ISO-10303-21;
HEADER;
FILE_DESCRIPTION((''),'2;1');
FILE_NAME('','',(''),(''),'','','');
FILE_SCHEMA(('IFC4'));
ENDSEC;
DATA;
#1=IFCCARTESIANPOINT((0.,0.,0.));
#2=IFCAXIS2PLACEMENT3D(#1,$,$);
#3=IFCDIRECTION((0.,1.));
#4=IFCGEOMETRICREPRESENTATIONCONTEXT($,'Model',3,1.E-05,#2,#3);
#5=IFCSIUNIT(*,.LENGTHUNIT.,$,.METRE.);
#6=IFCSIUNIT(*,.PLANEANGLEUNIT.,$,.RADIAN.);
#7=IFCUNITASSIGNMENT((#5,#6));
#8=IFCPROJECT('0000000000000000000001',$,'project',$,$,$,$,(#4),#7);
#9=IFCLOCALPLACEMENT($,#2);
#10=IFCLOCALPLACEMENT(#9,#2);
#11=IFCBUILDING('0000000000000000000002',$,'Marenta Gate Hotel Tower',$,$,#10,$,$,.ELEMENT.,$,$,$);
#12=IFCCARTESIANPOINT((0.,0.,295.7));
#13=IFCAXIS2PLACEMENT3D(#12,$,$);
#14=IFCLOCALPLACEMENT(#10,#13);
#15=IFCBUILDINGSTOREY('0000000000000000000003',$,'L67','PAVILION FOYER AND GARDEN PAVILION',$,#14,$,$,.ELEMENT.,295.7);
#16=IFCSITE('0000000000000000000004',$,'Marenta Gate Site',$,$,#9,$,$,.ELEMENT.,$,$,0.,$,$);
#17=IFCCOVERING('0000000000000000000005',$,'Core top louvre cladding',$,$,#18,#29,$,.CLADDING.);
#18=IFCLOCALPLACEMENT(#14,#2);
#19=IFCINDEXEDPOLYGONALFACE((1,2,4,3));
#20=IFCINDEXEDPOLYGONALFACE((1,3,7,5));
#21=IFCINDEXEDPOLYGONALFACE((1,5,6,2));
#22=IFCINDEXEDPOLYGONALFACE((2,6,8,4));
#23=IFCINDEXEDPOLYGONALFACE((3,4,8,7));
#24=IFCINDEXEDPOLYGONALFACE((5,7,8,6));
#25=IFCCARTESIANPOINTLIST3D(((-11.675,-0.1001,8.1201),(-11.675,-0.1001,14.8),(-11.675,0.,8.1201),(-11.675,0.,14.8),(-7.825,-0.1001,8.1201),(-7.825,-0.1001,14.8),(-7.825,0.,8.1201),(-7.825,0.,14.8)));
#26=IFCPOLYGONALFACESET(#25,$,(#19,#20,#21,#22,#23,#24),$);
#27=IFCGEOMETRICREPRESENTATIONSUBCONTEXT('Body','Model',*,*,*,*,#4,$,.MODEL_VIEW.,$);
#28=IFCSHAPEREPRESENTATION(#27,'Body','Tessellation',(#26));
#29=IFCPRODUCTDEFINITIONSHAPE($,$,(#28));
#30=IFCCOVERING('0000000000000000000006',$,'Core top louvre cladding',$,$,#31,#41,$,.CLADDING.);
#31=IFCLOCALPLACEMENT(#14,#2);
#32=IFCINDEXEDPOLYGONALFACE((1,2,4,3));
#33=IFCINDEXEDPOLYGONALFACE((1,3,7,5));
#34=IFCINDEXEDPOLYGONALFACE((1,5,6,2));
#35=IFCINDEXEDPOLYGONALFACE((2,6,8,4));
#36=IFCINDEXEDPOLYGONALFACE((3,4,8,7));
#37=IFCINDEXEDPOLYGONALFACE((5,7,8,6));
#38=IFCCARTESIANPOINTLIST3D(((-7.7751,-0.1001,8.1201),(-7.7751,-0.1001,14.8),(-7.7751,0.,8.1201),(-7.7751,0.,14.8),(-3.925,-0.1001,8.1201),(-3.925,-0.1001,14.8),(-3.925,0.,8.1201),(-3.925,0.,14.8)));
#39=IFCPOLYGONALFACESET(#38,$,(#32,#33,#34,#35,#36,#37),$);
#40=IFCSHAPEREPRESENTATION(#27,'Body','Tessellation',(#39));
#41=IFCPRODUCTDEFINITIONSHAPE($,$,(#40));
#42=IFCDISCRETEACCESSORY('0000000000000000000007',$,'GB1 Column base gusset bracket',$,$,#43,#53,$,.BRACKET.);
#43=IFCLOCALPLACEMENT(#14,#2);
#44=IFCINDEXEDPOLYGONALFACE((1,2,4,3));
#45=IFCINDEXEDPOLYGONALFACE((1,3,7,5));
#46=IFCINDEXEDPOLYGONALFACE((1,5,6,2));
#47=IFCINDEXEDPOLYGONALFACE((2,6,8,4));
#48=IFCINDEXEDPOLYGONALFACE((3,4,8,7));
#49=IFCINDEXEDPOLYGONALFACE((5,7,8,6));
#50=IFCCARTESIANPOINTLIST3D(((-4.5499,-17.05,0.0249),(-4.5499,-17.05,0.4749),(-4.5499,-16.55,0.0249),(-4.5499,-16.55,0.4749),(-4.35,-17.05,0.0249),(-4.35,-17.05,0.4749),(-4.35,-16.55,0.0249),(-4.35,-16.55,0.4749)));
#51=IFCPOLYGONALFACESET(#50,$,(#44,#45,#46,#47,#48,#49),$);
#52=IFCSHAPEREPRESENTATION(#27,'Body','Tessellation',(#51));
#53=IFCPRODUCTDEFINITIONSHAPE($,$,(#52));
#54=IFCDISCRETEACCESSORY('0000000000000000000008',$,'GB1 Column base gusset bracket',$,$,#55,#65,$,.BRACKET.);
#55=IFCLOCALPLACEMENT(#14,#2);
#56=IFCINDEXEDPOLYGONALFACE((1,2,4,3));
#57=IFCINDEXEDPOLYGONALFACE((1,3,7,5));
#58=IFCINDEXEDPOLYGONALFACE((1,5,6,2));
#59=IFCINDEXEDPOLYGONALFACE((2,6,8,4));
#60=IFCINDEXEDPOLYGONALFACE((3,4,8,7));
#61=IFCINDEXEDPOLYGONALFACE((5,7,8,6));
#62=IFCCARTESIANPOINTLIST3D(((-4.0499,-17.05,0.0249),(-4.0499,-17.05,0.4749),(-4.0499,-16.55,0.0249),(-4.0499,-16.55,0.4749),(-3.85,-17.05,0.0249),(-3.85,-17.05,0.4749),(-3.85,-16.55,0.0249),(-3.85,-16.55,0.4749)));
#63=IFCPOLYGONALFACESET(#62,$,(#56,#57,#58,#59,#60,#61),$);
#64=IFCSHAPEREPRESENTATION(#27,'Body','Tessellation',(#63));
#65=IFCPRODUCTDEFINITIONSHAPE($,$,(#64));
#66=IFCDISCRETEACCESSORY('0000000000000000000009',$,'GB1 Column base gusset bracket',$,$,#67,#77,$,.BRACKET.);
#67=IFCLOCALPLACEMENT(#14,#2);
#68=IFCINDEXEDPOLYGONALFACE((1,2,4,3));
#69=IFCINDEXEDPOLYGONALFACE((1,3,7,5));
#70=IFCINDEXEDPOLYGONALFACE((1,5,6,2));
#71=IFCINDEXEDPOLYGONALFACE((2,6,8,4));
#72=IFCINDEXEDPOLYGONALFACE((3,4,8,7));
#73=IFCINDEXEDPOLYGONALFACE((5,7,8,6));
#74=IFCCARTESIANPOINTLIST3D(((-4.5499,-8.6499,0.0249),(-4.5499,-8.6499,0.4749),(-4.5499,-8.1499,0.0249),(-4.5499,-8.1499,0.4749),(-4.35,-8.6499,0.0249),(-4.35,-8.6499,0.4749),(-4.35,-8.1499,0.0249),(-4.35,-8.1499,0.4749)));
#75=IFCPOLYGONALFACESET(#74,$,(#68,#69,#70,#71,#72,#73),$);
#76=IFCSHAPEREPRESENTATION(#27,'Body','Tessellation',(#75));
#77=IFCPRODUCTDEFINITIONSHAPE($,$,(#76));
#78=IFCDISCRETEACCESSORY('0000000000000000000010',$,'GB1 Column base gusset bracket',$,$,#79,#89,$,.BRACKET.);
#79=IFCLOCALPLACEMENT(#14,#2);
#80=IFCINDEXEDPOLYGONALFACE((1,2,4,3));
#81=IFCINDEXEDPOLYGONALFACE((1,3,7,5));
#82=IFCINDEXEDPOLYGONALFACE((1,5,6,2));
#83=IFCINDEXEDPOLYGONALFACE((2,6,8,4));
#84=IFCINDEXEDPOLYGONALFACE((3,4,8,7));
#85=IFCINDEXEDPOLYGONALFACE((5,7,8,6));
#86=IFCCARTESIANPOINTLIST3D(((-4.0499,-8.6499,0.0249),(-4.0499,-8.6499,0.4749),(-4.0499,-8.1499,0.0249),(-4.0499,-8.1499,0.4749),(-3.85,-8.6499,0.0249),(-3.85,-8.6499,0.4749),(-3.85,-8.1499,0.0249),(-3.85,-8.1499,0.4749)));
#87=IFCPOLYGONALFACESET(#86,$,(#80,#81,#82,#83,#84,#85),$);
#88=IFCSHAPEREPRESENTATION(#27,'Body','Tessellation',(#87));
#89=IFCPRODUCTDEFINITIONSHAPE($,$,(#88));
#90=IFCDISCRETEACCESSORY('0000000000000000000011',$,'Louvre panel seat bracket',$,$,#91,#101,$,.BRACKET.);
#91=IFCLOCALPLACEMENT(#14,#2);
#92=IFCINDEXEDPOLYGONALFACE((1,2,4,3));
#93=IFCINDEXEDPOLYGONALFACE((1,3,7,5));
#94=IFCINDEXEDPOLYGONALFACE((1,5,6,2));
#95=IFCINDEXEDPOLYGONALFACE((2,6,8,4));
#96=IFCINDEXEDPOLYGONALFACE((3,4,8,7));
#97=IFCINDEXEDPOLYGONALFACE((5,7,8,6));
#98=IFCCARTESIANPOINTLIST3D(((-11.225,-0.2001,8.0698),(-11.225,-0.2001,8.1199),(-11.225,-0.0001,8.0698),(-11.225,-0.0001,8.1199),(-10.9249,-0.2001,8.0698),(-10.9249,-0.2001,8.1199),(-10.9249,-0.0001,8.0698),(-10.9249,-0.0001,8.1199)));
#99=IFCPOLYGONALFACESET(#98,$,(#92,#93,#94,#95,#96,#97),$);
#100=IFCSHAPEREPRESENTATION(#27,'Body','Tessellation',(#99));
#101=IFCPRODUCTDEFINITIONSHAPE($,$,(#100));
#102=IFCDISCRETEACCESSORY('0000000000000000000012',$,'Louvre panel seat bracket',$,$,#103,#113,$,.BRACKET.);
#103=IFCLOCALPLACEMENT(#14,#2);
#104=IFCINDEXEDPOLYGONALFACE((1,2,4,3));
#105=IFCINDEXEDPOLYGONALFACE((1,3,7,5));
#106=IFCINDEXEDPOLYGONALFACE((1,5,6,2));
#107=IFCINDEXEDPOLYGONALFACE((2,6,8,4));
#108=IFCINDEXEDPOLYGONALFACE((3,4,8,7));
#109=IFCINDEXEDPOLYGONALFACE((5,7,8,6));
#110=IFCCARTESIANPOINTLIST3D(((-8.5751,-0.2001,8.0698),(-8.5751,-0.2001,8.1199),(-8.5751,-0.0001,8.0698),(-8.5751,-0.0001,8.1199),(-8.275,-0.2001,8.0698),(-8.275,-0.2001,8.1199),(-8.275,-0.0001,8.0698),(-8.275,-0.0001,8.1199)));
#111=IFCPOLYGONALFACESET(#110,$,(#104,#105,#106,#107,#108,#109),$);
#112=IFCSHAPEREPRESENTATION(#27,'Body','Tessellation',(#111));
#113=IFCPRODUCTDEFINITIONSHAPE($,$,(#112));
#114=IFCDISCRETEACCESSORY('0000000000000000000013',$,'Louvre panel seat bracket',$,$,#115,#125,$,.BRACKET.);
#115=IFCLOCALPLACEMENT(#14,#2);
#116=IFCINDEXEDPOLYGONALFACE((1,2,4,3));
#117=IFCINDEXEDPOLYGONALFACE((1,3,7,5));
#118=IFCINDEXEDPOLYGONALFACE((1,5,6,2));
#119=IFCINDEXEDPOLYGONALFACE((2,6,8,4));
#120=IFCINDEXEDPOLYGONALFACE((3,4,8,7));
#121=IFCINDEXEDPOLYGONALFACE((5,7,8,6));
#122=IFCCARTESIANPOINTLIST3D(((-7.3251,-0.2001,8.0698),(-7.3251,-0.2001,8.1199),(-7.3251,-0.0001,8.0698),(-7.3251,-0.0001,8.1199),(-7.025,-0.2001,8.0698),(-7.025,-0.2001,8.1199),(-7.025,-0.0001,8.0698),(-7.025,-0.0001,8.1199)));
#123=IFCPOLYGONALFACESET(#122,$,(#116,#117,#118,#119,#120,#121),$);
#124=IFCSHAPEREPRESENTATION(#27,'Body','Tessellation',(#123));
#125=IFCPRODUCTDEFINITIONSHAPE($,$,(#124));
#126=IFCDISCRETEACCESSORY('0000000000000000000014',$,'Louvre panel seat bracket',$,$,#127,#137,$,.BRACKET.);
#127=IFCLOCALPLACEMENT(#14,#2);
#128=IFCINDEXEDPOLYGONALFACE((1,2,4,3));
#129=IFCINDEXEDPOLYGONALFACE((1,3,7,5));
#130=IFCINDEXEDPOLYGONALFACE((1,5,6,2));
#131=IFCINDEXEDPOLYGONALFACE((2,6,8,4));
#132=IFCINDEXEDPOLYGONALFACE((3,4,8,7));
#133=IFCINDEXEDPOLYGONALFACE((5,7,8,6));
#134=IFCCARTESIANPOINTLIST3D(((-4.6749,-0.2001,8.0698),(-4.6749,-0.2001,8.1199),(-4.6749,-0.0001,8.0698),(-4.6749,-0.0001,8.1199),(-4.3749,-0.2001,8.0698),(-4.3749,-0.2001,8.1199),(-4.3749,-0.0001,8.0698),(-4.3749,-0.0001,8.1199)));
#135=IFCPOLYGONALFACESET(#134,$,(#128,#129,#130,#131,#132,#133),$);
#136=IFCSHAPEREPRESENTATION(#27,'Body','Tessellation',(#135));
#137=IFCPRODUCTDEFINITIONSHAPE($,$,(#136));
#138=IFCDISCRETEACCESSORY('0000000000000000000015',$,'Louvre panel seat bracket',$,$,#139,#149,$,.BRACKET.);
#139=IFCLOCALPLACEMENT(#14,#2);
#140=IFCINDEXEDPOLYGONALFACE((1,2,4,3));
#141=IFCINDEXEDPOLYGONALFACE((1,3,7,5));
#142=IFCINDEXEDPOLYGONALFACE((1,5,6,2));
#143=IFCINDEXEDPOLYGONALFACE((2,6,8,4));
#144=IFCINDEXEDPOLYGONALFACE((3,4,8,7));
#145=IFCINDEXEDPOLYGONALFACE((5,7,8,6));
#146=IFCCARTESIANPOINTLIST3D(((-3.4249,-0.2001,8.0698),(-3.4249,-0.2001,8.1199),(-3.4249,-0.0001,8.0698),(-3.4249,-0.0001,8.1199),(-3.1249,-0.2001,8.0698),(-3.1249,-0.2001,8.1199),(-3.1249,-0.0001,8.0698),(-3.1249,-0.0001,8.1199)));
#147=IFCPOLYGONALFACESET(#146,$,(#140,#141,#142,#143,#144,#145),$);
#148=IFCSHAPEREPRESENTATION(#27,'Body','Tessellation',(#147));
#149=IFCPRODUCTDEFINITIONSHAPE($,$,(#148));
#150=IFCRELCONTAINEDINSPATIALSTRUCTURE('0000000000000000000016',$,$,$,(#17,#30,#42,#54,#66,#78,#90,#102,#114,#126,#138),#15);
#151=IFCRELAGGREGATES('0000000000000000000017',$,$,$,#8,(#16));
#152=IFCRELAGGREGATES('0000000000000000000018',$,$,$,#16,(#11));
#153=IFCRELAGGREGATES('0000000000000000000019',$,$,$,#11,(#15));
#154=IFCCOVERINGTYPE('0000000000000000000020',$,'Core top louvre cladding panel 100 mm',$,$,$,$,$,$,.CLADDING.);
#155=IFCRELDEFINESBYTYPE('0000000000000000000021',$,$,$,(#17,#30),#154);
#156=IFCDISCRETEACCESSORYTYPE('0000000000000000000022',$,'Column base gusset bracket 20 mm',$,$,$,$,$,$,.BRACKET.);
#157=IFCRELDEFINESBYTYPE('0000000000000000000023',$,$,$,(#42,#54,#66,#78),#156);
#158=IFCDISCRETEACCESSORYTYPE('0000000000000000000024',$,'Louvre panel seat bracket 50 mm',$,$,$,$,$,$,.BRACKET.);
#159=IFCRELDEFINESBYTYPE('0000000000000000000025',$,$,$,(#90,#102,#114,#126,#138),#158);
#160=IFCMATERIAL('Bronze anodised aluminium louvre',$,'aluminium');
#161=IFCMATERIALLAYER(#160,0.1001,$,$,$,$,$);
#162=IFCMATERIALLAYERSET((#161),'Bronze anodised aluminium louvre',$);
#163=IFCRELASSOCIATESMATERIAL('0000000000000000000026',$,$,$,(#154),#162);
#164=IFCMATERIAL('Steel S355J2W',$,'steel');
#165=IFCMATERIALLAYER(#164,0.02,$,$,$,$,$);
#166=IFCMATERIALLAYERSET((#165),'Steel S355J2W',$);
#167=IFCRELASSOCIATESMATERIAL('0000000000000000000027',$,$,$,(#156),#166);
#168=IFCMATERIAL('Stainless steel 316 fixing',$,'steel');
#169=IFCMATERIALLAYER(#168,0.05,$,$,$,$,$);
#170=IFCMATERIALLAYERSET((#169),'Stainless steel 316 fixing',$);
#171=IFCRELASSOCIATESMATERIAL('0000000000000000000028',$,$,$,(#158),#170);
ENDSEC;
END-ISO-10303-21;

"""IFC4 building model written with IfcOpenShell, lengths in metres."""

from ifc_helpers import new_model, si_unit, direction, frame, origin, origin_2d, place, context, subcontext, project, spatial, rectangle, extrude, material, layer, layer_set, type_object, element, save


model = new_model("IFC4")

# Units and contexts
model_context = context("Model", 3, precision=1e-05, world=origin(), true_north=direction((0.0, 1.0)))
body_context = subcontext(model_context, "Body", "Model", "MODEL_VIEW")
ifc_project = project(units=[si_unit("LENGTHUNIT", "METRE"), si_unit("PLANEANGLEUNIT", "RADIAN")], contexts=[model_context])

# Site, building, storey
site_placement = place(None, origin())
site = spatial("IfcSite", under=ifc_project, at=site_placement, Name="Marenta Gate Site", CompositionType="ELEMENT", RefElevation=0.0)
building_placement = place(site_placement, origin())
building = spatial("IfcBuilding", under=site, at=building_placement, Name="Marenta Gate Hotel Tower", CompositionType="ELEMENT")
storey_placement = place(building_placement, frame((0.0, 0.0, 295.7)))
storey = spatial("IfcBuildingStorey", under=building, at=storey_placement, Name="L67", Description="PAVILION FOYER AND GARDEN PAVILION", CompositionType="ELEMENT", Elevation=295.7)

# Coverings
ifc_material_1 = material(Name="Bronze anodised aluminium louvre", Category="aluminium")
ifc_layer_1 = layer(ifc_material_1, 0.1001)
ifc_layer_set_1 = layer_set([ifc_layer_1], Name="Bronze anodised aluminium louvre")
covering_type = type_object("IfcCoveringType", Name="Core top louvre cladding panel 100 mm", PredefinedType="CLADDING", material=ifc_layer_set_1)
for number, where, z_axis, x_axis, name in (
    (1, (-9.75, -0.05, 8.1201), (0.0, 0.0, 1.0), (1.0, 0.0, 0.0), "Core top louvre cladding"),
    (2, (-5.8501, -0.05, 8.1201), (0.0, 0.0, 1.0), (1.0, 0.0, 0.0), "Core top louvre cladding"),
):
    element("IfcCovering", number, at=place(storey_placement, frame(where, z_axis=z_axis, x_axis=x_axis)), inside=storey, type_object=covering_type, Name=name, PredefinedType="CLADDING", context=body_context, shape_type="SweptSolid", body=[
        extrude(rectangle(XDim=3.8501, YDim=0.1001, at=origin_2d()), origin(), (0.0, 0.0, 1.0), 6.6799),
    ])

# Discrete accessories
ifc_material_2 = material(Name="Steel S355J2W", Category="steel")
ifc_layer_2 = layer(ifc_material_2, 0.02)
ifc_layer_set_2 = layer_set([ifc_layer_2], Name="Steel S355J2W")
discrete_accessory_type_1 = type_object("IfcDiscreteAccessoryType", Name="Column base gusset bracket 20 mm", PredefinedType="BRACKET", material=ifc_layer_set_2)
for number, where, z_axis, x_axis, name in (
    (3, (-4.45, -16.8, 0.0249), (0.0, 0.0, 1.0), (1.0, 0.0, 0.0), "GB1 Column base gusset bracket"),
    (4, (-3.95, -16.8, 0.0249), (0.0, 0.0, 1.0), (1.0, 0.0, 0.0), "GB1 Column base gusset bracket"),
    (5, (-4.45, -8.3999, 0.0249), (0.0, 0.0, 1.0), (1.0, 0.0, 0.0), "GB1 Column base gusset bracket"),
    (6, (-3.95, -8.3999, 0.0249), (0.0, 0.0, 1.0), (1.0, 0.0, 0.0), "GB1 Column base gusset bracket"),
):
    element("IfcDiscreteAccessory", number, at=place(storey_placement, frame(where, z_axis=z_axis, x_axis=x_axis)), inside=storey, type_object=discrete_accessory_type_1, Name=name, PredefinedType="BRACKET", context=body_context, shape_type="SweptSolid", body=[
        extrude(rectangle(XDim=0.2, YDim=0.5, at=origin_2d()), origin(), (0.0, 0.0, 1.0), 0.45),
    ])
ifc_material_3 = material(Name="Stainless steel 316 fixing", Category="steel")
ifc_layer_3 = layer(ifc_material_3, 0.05)
ifc_layer_set_3 = layer_set([ifc_layer_3], Name="Stainless steel 316 fixing")
discrete_accessory_type_2 = type_object("IfcDiscreteAccessoryType", Name="Louvre panel seat bracket 50 mm", PredefinedType="BRACKET", material=ifc_layer_set_3)
for number, where, z_axis, x_axis, name in (
    (7, (-11.075, -0.1001, 8.0698), (0.0, 0.0, 1.0), (1.0, 0.0, 0.0), "Louvre panel seat bracket"),
    (8, (-8.425, -0.1001, 8.0698), (0.0, 0.0, 1.0), (1.0, 0.0, 0.0), "Louvre panel seat bracket"),
    (9, (-7.175, -0.1001, 8.0698), (0.0, 0.0, 1.0), (1.0, 0.0, 0.0), "Louvre panel seat bracket"),
    (10, (-4.5249, -0.1001, 8.0698), (0.0, 0.0, 1.0), (1.0, 0.0, 0.0), "Louvre panel seat bracket"),
    (11, (-3.2749, -0.1001, 8.0698), (0.0, 0.0, 1.0), (1.0, 0.0, 0.0), "Louvre panel seat bracket"),
):
    element("IfcDiscreteAccessory", number, at=place(storey_placement, frame(where, z_axis=z_axis, x_axis=x_axis)), inside=storey, type_object=discrete_accessory_type_2, Name=name, PredefinedType="BRACKET", context=body_context, shape_type="SweptSolid", body=[
        extrude(rectangle(XDim=0.3, YDim=0.2, at=origin_2d()), origin(), (0.0, 0.0, 1.0), 0.05),
    ])

save(model, "model.ifc")
